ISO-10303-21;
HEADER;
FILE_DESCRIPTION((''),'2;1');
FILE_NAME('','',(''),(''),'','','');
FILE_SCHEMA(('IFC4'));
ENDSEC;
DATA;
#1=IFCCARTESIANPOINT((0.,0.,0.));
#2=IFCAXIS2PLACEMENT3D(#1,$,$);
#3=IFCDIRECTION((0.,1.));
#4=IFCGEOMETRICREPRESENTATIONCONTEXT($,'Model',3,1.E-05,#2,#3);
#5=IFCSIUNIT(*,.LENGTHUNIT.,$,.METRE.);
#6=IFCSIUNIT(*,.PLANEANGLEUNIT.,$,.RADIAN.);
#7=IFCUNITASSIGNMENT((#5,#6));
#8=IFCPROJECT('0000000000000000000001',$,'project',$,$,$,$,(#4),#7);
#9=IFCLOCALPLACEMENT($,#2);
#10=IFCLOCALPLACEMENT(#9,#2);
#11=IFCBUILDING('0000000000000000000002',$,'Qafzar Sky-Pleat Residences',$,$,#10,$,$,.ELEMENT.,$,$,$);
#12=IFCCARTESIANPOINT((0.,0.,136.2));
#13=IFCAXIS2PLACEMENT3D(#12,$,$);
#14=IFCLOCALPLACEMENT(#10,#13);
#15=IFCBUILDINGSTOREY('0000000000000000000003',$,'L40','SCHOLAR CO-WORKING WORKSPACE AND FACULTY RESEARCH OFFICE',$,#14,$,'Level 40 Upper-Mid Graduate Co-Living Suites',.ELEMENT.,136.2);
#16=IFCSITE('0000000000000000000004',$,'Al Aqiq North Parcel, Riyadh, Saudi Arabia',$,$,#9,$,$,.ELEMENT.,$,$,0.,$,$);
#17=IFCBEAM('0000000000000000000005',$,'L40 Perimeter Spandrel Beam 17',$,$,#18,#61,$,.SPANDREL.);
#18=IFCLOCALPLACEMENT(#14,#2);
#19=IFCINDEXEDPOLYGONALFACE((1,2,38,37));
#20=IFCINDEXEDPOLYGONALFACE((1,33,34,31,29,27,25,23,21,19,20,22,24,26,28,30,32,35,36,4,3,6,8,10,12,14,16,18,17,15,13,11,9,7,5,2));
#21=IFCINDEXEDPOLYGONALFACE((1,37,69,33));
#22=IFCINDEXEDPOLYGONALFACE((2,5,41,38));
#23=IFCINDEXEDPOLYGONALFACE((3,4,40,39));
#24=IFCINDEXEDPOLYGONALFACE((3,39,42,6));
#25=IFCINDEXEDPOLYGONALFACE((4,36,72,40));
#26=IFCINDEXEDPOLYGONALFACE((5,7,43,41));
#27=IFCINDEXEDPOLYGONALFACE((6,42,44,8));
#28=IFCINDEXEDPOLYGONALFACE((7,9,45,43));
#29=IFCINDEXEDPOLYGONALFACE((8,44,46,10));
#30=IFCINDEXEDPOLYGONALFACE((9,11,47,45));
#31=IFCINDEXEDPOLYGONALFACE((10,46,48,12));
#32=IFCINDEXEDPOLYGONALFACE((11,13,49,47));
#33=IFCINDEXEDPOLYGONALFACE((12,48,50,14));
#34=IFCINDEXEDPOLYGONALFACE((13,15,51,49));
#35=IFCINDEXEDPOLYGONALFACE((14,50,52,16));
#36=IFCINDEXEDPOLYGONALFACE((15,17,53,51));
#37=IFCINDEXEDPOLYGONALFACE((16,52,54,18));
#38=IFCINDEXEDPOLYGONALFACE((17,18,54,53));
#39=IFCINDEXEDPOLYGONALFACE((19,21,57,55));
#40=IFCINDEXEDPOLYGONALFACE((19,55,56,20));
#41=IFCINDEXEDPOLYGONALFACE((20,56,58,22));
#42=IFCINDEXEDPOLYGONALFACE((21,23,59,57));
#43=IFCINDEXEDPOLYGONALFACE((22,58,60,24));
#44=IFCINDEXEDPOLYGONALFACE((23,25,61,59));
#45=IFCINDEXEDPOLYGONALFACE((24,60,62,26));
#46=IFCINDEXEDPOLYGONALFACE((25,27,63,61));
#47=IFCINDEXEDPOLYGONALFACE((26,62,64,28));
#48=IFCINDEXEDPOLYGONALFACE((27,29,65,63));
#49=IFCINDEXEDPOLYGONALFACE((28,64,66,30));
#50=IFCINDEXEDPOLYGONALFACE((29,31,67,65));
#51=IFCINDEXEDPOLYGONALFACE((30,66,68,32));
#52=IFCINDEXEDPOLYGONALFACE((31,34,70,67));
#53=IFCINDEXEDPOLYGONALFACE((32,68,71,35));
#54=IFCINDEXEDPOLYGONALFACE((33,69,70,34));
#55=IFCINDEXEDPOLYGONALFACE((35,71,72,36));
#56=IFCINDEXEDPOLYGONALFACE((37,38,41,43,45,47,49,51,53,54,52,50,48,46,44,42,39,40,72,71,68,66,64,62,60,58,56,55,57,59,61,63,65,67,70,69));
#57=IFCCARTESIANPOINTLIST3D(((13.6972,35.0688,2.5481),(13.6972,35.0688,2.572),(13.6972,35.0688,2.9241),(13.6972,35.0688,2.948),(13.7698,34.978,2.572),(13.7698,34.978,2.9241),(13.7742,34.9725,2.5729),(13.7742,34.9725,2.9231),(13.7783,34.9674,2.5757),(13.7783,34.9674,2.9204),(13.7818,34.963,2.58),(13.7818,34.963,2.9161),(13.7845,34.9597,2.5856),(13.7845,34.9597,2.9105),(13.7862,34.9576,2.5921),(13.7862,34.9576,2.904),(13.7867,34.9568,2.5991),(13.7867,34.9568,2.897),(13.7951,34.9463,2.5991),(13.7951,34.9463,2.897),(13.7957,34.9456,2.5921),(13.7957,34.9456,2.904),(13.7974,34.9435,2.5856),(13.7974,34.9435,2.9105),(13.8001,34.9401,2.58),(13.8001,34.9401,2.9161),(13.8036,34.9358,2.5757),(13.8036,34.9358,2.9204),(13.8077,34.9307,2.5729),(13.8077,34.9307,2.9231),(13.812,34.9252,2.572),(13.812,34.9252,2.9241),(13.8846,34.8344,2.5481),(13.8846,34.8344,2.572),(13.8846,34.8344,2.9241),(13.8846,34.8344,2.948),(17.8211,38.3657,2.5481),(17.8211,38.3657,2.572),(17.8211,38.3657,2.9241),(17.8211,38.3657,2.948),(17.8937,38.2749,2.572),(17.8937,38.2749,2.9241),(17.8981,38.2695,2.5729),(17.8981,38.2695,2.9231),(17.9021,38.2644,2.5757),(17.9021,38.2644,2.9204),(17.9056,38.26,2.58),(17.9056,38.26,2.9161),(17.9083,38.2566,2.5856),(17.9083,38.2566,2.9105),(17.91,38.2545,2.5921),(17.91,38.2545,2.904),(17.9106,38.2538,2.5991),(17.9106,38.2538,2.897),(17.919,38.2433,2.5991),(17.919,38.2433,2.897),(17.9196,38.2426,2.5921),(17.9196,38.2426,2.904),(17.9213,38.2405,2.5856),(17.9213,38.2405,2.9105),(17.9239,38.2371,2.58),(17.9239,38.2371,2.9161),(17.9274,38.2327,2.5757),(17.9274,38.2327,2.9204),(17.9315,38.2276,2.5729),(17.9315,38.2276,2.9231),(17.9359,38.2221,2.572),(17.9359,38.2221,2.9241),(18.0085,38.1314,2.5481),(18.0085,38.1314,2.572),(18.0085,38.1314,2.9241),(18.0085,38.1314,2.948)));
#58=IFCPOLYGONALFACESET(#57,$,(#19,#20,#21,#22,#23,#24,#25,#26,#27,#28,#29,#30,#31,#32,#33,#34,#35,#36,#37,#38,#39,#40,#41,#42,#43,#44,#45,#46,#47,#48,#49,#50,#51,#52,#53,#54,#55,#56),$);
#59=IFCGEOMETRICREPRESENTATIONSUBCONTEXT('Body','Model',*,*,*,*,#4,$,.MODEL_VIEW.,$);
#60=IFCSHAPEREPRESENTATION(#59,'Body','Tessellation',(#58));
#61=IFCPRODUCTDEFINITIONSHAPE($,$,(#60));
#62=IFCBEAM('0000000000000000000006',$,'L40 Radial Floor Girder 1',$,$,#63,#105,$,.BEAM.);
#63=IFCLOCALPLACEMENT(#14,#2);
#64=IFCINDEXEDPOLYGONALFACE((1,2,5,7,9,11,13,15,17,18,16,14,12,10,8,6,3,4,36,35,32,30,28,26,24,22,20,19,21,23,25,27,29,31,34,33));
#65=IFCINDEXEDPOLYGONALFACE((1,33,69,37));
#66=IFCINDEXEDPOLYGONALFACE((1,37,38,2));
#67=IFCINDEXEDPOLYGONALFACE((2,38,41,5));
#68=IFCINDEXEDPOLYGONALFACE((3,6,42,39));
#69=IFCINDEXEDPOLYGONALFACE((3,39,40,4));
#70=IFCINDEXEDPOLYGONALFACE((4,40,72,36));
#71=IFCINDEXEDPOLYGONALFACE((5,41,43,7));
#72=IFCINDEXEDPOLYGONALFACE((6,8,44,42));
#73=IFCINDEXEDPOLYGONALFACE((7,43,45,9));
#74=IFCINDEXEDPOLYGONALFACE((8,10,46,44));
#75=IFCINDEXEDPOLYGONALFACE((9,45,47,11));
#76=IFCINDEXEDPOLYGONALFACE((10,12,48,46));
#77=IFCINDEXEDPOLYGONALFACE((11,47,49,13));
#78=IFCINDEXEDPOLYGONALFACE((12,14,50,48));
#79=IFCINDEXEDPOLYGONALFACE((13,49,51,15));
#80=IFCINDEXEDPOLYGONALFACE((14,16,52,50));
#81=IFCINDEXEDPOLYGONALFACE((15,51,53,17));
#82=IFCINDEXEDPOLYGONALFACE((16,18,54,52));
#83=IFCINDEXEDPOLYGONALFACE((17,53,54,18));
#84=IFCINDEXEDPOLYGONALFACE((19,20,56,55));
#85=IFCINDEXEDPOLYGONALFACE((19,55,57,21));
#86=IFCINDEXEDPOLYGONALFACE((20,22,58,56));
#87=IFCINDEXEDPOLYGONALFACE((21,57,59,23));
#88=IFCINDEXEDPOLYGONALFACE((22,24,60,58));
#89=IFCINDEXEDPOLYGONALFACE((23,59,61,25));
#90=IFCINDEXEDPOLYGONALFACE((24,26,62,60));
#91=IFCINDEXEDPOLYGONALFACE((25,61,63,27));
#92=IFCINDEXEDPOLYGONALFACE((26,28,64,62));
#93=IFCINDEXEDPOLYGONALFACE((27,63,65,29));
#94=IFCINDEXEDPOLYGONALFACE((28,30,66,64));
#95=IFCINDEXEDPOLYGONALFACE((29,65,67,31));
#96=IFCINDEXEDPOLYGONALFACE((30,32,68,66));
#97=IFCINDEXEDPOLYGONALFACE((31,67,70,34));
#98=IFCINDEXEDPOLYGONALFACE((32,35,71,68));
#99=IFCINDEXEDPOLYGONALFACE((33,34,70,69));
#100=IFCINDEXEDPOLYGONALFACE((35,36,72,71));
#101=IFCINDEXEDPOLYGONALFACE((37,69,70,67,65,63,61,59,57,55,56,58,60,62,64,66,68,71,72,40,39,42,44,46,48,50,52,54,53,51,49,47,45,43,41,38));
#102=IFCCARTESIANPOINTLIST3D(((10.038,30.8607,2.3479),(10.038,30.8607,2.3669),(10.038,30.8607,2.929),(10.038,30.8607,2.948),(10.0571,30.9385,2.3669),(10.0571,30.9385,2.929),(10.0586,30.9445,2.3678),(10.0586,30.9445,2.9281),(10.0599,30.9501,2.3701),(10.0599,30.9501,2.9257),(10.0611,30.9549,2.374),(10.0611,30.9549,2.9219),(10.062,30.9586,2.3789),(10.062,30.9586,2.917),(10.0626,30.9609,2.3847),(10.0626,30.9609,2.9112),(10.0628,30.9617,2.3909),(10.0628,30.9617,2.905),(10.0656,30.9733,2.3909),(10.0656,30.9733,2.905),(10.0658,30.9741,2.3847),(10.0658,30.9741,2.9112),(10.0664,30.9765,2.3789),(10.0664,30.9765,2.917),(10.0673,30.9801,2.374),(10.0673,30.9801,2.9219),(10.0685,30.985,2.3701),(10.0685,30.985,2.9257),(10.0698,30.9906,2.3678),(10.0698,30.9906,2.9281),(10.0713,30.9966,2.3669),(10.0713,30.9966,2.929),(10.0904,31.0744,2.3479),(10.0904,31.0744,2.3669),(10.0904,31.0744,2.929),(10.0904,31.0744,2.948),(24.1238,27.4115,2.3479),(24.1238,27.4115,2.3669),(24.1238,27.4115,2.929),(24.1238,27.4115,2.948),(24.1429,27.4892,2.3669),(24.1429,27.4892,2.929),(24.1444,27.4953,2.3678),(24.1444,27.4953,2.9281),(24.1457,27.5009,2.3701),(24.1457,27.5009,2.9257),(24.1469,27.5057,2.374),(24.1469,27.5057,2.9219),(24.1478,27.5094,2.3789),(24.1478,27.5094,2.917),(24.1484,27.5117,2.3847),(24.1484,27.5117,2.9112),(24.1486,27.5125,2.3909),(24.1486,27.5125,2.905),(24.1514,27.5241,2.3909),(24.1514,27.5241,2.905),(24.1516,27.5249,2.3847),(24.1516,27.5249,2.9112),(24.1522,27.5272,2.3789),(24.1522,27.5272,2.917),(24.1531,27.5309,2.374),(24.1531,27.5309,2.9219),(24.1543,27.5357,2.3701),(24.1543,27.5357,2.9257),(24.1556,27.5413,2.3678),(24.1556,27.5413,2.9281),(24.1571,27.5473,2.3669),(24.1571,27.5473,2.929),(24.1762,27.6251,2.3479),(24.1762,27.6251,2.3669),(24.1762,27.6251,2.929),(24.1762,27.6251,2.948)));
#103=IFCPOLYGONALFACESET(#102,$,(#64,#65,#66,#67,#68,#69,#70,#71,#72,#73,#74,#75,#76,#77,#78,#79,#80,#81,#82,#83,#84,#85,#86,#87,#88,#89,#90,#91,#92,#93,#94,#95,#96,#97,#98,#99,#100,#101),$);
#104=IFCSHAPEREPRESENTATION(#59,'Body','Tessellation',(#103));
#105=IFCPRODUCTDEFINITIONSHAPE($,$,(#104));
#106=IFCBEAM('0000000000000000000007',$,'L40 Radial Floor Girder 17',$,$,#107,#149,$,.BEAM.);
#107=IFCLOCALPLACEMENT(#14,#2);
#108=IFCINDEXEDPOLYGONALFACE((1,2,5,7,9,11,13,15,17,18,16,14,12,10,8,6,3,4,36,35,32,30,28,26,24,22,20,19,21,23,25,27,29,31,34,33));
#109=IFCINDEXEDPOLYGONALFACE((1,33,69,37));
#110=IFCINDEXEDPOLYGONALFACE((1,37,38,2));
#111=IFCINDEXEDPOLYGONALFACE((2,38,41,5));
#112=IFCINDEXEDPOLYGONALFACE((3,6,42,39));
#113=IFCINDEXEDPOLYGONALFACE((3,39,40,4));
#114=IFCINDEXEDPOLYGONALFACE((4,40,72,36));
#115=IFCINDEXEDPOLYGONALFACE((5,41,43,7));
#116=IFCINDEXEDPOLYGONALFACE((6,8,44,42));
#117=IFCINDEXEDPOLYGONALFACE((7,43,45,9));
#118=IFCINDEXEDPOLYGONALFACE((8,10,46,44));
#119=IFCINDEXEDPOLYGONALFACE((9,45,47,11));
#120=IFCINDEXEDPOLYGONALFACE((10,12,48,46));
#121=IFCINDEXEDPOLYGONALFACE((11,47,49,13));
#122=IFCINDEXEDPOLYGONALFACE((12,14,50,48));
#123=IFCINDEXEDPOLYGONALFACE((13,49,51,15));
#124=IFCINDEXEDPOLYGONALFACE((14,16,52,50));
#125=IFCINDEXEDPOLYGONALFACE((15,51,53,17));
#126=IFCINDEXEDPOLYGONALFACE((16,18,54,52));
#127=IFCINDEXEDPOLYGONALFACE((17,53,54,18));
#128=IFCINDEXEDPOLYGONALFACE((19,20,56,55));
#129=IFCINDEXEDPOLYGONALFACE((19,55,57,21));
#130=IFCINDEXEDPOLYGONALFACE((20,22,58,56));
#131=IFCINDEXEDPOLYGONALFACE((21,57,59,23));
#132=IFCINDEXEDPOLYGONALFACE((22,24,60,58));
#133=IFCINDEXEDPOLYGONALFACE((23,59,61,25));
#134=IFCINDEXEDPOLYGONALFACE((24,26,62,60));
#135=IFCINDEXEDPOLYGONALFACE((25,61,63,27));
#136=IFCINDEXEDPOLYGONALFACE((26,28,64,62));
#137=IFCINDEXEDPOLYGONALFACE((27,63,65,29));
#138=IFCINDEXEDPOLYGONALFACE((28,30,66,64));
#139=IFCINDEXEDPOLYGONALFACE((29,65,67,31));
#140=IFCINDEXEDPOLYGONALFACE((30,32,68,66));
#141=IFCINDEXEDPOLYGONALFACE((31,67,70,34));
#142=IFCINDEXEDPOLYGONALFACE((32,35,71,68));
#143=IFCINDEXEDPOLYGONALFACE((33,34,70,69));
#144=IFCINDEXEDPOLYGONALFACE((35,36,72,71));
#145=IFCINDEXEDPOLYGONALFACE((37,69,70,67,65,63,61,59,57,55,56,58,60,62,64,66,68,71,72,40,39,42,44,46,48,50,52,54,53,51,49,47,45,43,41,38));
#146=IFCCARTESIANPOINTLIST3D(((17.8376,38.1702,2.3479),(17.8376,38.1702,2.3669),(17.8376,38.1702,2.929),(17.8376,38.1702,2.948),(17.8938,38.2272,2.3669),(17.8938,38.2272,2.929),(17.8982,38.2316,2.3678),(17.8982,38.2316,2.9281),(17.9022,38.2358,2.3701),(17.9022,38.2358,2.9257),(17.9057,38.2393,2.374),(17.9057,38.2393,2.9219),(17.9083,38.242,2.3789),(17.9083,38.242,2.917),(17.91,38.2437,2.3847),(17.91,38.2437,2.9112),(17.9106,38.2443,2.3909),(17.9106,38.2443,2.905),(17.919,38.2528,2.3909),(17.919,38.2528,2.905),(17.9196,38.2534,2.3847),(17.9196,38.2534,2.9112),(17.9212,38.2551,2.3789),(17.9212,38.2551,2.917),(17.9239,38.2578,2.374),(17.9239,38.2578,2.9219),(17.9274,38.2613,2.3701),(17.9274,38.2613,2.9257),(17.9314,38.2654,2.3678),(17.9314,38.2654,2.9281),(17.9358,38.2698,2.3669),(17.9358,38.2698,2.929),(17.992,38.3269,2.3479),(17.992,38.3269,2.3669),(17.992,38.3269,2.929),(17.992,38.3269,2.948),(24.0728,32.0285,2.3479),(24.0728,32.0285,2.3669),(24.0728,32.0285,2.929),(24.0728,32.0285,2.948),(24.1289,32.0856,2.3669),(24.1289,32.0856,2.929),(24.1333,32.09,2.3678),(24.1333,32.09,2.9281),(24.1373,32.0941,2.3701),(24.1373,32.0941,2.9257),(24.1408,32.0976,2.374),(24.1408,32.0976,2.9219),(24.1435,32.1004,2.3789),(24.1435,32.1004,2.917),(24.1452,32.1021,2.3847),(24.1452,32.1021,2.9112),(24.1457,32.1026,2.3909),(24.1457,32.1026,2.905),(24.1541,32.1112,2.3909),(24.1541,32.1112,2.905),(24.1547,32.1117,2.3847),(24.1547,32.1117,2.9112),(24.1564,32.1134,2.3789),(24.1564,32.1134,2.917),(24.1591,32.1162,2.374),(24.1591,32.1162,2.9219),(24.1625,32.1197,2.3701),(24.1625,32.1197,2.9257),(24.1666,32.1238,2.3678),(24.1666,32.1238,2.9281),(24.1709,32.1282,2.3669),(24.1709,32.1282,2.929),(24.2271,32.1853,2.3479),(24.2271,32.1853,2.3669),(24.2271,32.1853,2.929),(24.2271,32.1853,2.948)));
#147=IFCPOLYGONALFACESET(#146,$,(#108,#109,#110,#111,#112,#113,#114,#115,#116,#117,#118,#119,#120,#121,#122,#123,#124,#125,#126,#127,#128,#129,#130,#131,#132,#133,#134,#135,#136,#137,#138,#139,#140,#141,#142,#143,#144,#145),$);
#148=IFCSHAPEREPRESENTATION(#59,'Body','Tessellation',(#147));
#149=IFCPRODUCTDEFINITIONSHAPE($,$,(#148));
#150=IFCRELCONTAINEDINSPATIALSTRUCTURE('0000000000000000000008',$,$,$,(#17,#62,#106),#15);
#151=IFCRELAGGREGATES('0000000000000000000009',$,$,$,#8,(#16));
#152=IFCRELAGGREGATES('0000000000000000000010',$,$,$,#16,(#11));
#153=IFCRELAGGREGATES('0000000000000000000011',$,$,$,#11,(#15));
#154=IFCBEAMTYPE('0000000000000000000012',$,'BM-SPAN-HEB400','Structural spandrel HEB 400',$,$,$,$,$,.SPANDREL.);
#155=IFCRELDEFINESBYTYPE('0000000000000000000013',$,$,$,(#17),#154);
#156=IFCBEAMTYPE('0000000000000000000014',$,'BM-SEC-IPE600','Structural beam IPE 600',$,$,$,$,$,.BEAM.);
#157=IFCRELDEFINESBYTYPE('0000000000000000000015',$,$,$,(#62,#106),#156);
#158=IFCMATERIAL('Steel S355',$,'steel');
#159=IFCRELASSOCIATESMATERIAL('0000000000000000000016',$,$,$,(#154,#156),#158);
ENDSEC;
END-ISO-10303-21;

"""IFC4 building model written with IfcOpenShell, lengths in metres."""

from ifc_helpers import new_model, si_unit, direction, frame, origin, origin_2d, place, context, subcontext, project, spatial, i_section, extrude, source, transform, mapped, material, material_profile, profile_set, type_object, element, save


model = new_model("IFC4")

# Units and contexts
model_context = context("Model", 3, precision=1e-05, world=origin(), true_north=direction((0.0, 1.0)))
body_context = subcontext(model_context, "Body", "Model", "MODEL_VIEW")
ifc_project = project(units=[si_unit("LENGTHUNIT", "METRE"), si_unit("PLANEANGLEUNIT", "RADIAN")], contexts=[model_context])

# Site, building, storey
site_placement = place(None, origin())
site = spatial("IfcSite", under=ifc_project, at=site_placement, Name="Al Aqiq North Parcel, Riyadh, Saudi Arabia", CompositionType="ELEMENT", RefElevation=0.0)
building_placement = place(site_placement, origin())
building = spatial("IfcBuilding", under=site, at=building_placement, Name="Qafzar Sky-Pleat Residences", CompositionType="ELEMENT")
storey_placement = place(building_placement, frame((0.0, 0.0, 136.2)))
storey = spatial("IfcBuildingStorey", under=building, at=storey_placement, Name="L40", Description="SCHOLAR CO-WORKING WORKSPACE AND FACULTY RESEARCH OFFICE", LongName="Level 40 Upper-Mid Graduate Co-Living Suites", CompositionType="ELEMENT", Elevation=136.2)

# Shared definitions
ifc_material_1 = material(Name="Steel S355", Category="steel")

# Beams
ifc_material_profile_1 = material_profile(ifc_material_1, i_section(OverallWidth=0.3, OverallDepth=0.3999, WebThickness=0.0134, FlangeThickness=0.0239, FilletRadius=0.0271, at=origin_2d()), Name="HEB 400")
ifc_profile_set_1 = profile_set([ifc_material_profile_1], Name="Steel S355")
beam_type_1 = type_object("IfcBeamType", Name="BM-SPAN-HEB400", Description="Structural spandrel HEB 400", PredefinedType="SPANDREL", material=ifc_profile_set_1)
shared_shape_1 = source(origin(), body_context, "Body", "SweptSolid", [
    extrude(i_section(OverallWidth=0.3, OverallDepth=0.3999, WebThickness=0.0134, FlangeThickness=0.0239, FilletRadius=0.0271, at=origin_2d()), origin(), (0.0, 0.0, 1.0), 5.2798),
])
beam_1_placement = place(storey_placement, frame((17.9148, 38.2485, 2.748), z_axis=(-0.781067, -0.624447, 0.0), x_axis=(0.624447, -0.781067, 0.0)))
element("IfcBeam", 1, at=beam_1_placement, inside=storey, type_object=beam_type_1, Name="L40 Perimeter Spandrel Beam 17", PredefinedType="SPANDREL", context=body_context, shape_type="MappedRepresentation", body=[
    mapped(shared_shape_1, transform((0.0, 0.0, 0.0), x_axis=(1.0, 0.0, 0.0), y_axis=(0.0, 1.0, 0.0), z_axis=(0.0, 0.0, 1.0), scale=1.0)),
])
ifc_material_profile_2 = material_profile(ifc_material_1, i_section(OverallWidth=0.22, OverallDepth=0.6001, WebThickness=0.012, FlangeThickness=0.019, FilletRadius=0.0239, at=origin_2d()), Name="IPE 600")
ifc_profile_set_2 = profile_set([ifc_material_profile_2], Name="Steel S355")
beam_type_2 = type_object("IfcBeamType", Name="BM-SEC-IPE600", Description="Structural beam IPE 600", PredefinedType="BEAM", material=ifc_profile_set_2)
shared_shape_2 = source(origin(), body_context, "Body", "SweptSolid", [
    extrude(i_section(OverallWidth=0.22, OverallDepth=0.6001, WebThickness=0.012, FlangeThickness=0.019, FilletRadius=0.0239, at=origin_2d()), origin(), (0.0, 0.0, 1.0), 14.502),
])
beam_2_placement = place(storey_placement, frame((10.0642, 30.9675, 2.6479), z_axis=(0.971303, -0.237847, 0.0), x_axis=(0.237847, 0.971303, 0.0)))
element("IfcBeam", 2, at=beam_2_placement, inside=storey, type_object=beam_type_2, Name="L40 Radial Floor Girder 1", PredefinedType="BEAM", context=body_context, shape_type="MappedRepresentation", body=[
    mapped(shared_shape_2, transform((0.0, 0.0, 0.0), x_axis=(1.0, 0.0, 0.0), y_axis=(0.0, 1.0, 0.0), z_axis=(0.0, 0.0, 1.0), scale=1.0)),
])
shared_shape_3 = source(origin(), body_context, "Body", "SweptSolid", [
    extrude(i_section(OverallWidth=0.22, OverallDepth=0.6001, WebThickness=0.012, FlangeThickness=0.019, FilletRadius=0.0239, at=origin_2d()), origin(), (0.0, 0.0, 1.0), 8.752),
])
beam_3_placement = place(storey_placement, frame((17.9148, 38.2485, 2.6479), z_axis=(0.712429, -0.701745, 0.0), x_axis=(0.701745, 0.712429, 0.0)))
element("IfcBeam", 3, at=beam_3_placement, inside=storey, type_object=beam_type_2, Name="L40 Radial Floor Girder 17", PredefinedType="BEAM", context=body_context, shape_type="MappedRepresentation", body=[
    mapped(shared_shape_3, transform((0.0, 0.0, 0.0), x_axis=(1.0, 0.0, 0.0), y_axis=(0.0, 1.0, 0.0), z_axis=(0.0, 0.0, 1.0), scale=1.0)),
])

save(model, "model.ifc")
